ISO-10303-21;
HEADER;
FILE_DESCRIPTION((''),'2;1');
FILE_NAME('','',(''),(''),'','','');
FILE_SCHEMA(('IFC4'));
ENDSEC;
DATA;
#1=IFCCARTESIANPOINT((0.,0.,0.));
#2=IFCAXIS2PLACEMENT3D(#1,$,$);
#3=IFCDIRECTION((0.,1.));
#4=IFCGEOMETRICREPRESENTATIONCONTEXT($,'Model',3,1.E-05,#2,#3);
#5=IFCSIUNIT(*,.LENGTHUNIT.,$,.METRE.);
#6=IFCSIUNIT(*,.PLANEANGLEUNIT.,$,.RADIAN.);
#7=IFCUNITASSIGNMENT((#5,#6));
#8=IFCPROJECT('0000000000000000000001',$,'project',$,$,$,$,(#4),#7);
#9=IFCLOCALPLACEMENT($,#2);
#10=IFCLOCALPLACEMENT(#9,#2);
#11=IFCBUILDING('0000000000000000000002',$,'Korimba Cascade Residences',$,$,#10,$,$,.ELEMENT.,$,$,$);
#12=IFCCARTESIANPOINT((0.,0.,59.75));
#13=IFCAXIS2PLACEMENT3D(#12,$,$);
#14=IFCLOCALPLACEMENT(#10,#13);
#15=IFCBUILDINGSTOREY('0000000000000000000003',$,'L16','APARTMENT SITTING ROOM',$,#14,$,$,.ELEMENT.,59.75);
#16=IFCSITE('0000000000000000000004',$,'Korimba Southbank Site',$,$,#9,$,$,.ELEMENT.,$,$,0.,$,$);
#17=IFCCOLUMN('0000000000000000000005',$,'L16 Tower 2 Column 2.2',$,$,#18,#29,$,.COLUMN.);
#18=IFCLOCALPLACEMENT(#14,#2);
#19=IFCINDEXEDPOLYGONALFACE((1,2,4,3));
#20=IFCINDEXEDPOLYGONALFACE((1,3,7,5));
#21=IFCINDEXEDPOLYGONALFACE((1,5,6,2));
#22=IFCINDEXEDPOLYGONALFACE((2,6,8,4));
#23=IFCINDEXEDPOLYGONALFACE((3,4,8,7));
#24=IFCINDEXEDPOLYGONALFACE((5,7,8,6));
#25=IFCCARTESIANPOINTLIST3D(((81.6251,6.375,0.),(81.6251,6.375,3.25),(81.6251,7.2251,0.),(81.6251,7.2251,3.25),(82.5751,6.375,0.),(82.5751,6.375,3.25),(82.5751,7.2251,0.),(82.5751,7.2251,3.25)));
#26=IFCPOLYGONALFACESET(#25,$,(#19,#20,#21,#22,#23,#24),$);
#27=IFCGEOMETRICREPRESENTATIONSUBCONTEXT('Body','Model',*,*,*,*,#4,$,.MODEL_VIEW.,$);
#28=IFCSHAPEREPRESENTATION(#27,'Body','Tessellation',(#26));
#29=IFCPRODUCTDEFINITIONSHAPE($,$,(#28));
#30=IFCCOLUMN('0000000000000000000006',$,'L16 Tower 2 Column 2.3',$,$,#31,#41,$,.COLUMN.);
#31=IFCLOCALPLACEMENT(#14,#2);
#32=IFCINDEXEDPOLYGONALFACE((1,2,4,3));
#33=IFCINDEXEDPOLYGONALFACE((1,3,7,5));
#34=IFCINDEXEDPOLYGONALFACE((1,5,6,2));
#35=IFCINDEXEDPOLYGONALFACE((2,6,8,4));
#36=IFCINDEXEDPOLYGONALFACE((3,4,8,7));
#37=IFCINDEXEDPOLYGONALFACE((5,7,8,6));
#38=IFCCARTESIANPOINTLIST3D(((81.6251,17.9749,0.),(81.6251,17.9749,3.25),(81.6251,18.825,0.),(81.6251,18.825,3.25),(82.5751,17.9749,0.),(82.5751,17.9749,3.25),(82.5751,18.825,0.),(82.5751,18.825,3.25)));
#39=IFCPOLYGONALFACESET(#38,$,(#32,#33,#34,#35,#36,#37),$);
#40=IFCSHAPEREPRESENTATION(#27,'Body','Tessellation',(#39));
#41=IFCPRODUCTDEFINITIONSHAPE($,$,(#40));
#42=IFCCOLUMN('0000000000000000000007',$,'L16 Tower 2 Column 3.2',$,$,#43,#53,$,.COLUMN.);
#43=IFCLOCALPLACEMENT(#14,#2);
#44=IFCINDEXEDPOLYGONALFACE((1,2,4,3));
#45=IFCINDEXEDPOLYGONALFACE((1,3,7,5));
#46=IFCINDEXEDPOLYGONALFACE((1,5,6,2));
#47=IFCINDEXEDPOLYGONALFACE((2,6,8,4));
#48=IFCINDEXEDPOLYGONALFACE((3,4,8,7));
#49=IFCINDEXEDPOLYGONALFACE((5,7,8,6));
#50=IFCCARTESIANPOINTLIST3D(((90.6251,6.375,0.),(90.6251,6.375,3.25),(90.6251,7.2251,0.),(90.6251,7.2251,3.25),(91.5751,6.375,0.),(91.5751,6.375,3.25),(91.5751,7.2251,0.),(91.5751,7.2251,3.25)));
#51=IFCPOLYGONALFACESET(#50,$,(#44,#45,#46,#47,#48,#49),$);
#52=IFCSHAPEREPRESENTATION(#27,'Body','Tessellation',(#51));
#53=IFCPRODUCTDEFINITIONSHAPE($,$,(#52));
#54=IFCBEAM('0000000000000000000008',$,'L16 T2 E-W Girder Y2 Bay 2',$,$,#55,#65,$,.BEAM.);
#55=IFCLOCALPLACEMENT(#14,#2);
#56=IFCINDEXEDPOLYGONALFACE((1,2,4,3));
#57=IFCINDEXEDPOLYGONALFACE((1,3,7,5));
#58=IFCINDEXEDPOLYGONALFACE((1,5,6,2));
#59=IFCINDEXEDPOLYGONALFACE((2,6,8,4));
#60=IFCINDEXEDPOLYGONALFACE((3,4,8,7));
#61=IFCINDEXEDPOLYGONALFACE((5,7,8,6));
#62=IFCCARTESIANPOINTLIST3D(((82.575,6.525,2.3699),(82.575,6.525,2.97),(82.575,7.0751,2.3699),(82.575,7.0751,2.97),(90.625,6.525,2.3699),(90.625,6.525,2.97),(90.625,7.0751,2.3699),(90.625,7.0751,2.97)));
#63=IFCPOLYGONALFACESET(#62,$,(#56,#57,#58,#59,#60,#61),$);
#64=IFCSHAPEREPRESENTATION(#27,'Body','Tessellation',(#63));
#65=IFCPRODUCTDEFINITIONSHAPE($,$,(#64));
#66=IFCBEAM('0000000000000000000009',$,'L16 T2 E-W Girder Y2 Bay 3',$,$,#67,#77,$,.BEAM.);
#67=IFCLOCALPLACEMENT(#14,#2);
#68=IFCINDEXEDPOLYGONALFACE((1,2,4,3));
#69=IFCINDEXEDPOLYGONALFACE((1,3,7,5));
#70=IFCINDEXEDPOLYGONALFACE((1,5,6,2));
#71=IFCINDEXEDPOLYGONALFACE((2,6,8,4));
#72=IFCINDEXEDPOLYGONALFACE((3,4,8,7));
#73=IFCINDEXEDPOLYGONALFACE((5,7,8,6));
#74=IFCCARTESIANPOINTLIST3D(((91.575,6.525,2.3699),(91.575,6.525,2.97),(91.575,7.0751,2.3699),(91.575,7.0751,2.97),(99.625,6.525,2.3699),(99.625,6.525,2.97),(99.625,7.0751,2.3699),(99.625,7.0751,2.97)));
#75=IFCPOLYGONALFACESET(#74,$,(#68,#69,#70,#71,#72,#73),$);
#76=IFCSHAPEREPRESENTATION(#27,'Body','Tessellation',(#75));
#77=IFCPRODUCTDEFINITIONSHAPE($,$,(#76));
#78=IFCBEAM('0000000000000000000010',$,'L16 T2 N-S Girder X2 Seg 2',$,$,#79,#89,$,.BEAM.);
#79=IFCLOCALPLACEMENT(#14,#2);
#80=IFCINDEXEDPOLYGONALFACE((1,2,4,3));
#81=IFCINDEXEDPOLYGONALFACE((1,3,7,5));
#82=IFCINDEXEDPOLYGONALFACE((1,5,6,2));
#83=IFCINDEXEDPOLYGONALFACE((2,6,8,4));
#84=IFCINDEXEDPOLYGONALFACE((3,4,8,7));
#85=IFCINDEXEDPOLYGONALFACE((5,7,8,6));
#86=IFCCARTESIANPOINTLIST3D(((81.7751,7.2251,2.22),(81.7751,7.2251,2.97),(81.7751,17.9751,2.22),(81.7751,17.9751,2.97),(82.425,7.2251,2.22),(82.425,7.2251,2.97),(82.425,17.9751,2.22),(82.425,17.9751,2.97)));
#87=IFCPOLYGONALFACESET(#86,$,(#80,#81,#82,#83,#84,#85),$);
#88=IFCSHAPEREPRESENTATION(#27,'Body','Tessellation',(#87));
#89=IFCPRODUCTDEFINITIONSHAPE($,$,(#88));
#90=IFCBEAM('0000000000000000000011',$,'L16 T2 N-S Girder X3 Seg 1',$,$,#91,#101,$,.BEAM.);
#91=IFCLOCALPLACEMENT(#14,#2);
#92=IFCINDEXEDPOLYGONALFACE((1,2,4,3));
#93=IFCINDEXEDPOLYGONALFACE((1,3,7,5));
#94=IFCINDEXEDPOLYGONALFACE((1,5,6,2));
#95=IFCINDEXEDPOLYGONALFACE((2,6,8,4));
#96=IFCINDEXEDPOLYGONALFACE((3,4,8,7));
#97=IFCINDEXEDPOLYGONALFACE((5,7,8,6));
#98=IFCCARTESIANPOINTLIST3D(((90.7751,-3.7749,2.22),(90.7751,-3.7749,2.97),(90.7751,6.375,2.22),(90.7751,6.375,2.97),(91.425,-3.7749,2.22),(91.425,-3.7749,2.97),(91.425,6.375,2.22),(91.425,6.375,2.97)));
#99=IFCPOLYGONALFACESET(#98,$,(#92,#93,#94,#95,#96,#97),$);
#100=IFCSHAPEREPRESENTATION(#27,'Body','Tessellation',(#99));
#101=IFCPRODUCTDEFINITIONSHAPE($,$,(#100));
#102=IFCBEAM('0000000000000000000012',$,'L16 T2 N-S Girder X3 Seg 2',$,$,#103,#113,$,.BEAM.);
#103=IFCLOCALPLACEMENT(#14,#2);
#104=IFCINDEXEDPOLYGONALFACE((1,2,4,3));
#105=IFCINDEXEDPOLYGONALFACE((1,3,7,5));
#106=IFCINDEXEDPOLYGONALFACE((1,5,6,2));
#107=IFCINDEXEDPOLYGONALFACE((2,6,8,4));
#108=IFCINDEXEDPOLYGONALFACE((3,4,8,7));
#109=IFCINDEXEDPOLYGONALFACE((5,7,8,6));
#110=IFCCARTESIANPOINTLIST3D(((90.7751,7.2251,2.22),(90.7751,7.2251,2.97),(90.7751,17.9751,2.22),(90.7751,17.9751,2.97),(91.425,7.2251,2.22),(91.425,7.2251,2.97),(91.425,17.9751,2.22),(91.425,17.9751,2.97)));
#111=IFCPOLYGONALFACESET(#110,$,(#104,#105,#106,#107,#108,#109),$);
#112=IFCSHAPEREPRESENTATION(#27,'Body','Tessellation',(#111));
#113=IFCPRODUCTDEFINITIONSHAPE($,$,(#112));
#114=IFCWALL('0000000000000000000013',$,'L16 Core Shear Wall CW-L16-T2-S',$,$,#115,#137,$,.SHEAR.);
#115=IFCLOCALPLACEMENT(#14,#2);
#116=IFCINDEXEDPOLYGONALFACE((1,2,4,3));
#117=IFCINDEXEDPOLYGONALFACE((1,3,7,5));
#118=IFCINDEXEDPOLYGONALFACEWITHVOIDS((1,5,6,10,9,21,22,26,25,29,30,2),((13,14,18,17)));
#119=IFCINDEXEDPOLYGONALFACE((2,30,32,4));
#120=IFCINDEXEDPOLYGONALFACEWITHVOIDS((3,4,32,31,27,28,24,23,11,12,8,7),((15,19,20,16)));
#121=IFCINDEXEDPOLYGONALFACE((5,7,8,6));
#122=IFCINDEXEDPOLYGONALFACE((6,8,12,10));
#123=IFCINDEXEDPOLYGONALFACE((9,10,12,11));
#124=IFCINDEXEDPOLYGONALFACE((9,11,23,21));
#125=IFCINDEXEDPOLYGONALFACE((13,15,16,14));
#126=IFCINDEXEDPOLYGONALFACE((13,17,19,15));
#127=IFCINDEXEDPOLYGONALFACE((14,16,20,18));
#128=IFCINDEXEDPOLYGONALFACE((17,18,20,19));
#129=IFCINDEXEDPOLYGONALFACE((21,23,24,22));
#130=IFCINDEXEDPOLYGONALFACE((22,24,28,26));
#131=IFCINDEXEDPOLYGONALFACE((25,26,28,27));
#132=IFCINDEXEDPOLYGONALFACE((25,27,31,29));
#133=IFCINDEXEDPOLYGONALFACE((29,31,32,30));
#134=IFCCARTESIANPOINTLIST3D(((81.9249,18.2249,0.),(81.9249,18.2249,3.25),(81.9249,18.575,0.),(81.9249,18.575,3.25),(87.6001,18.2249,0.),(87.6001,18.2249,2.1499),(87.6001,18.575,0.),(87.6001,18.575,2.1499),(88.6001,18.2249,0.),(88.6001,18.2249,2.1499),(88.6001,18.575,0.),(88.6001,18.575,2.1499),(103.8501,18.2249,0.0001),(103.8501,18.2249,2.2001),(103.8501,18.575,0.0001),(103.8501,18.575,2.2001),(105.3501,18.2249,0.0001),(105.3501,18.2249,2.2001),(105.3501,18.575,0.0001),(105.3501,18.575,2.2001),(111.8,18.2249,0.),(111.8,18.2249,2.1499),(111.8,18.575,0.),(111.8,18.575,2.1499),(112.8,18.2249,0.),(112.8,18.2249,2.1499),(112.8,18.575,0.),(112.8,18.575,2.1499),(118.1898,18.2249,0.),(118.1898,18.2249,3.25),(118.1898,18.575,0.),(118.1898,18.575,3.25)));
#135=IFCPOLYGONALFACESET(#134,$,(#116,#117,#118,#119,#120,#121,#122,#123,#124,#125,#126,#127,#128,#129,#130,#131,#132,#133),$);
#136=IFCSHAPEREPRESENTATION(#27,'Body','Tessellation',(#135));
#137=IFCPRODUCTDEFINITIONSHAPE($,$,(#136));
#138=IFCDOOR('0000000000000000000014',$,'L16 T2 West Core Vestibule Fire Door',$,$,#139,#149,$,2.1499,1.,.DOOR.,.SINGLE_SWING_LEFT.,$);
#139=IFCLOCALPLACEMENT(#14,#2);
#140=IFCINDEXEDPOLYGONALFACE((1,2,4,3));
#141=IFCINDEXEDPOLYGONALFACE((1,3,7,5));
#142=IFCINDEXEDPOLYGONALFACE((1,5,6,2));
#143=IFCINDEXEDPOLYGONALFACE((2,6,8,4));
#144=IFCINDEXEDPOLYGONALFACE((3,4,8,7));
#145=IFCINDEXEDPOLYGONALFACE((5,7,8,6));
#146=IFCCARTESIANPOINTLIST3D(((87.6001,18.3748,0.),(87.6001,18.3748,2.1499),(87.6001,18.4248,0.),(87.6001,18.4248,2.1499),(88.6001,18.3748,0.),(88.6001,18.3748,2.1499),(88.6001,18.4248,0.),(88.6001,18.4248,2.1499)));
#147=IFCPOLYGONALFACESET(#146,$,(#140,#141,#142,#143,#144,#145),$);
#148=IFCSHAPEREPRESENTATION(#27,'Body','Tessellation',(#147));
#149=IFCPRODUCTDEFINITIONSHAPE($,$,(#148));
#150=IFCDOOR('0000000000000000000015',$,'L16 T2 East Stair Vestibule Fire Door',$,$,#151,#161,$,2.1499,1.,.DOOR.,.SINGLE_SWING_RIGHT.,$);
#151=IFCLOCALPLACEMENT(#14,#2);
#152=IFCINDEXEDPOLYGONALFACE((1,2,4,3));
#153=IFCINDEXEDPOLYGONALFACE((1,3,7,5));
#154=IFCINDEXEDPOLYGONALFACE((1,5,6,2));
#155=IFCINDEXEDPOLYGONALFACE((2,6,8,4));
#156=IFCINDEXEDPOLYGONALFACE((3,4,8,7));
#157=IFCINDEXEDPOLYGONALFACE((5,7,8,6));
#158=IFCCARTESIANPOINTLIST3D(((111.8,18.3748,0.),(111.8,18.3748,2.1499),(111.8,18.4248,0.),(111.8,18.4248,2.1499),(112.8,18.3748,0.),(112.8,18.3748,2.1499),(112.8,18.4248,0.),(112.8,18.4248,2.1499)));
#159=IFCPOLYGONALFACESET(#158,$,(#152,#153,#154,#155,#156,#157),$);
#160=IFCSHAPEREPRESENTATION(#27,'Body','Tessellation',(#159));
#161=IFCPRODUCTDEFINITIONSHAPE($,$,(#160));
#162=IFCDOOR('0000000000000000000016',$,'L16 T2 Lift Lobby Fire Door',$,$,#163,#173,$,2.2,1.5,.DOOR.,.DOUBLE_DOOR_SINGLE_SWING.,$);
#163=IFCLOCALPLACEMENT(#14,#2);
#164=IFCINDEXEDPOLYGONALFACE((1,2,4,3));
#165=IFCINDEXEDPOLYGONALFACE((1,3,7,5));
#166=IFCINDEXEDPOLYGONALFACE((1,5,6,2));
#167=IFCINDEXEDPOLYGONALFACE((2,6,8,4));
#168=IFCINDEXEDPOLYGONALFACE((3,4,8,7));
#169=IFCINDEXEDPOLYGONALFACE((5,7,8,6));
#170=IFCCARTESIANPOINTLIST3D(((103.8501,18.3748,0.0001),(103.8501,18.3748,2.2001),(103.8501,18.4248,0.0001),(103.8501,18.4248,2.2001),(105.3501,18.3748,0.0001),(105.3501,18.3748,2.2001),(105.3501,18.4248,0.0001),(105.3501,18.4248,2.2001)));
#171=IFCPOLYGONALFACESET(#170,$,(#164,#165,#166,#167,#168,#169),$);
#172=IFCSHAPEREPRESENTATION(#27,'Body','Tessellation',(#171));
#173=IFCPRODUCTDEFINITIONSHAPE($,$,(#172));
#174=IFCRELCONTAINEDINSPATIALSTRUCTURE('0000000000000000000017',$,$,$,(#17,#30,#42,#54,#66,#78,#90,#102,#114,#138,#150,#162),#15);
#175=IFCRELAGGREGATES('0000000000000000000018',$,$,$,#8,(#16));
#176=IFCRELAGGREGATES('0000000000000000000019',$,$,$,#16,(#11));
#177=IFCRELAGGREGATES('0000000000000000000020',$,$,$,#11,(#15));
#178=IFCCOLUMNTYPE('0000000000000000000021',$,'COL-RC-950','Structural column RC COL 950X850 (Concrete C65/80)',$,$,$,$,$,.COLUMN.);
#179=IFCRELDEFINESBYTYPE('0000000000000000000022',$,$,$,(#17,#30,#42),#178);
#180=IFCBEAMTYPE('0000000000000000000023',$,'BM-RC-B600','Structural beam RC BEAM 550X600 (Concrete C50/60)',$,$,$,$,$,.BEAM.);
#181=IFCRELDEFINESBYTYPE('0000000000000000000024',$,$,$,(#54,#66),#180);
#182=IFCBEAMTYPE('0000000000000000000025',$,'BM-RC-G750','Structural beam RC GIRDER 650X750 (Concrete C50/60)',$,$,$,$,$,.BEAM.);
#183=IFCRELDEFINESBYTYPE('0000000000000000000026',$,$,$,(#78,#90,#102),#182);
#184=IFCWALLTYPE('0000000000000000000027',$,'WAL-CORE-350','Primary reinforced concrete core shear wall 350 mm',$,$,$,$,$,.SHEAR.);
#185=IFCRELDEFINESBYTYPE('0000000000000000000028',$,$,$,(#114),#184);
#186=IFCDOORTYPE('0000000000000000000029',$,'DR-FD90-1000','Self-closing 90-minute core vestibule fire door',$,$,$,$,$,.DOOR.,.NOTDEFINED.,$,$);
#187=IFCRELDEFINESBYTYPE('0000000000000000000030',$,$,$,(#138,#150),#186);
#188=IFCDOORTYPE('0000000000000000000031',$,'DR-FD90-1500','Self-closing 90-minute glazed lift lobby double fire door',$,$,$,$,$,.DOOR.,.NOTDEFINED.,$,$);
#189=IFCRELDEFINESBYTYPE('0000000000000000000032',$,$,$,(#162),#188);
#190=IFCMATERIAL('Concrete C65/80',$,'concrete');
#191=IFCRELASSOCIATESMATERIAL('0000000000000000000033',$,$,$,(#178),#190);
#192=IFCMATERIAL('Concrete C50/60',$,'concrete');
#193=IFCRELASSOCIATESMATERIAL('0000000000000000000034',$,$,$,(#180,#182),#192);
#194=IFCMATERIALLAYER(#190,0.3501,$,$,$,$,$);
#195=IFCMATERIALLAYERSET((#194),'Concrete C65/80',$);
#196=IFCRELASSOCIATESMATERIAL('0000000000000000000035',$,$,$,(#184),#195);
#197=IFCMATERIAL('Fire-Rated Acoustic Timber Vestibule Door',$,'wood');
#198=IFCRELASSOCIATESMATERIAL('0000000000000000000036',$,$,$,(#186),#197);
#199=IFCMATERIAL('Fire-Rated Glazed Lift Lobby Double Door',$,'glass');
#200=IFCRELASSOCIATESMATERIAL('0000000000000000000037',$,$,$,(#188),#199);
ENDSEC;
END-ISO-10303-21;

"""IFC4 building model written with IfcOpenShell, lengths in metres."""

from ifc_helpers import new_model, si_unit, direction, frame, frame_2d, origin, origin_2d, place, context, subcontext, project, spatial, rectangle, extrude, material, layer, layer_set, material_profile, profile_set, type_object, element, fill, save


model = new_model("IFC4")

# Units and contexts
model_context = context("Model", 3, precision=1e-05, world=origin(), true_north=direction((0.0, 1.0)))
body_context = subcontext(model_context, "Body", "Model", "MODEL_VIEW")
ifc_project = project(units=[si_unit("LENGTHUNIT", "METRE"), si_unit("PLANEANGLEUNIT", "RADIAN")], contexts=[model_context])

# Site, building, storey
site_placement = place(None, origin())
site = spatial("IfcSite", under=ifc_project, at=site_placement, Name="Korimba Southbank Site", CompositionType="ELEMENT", RefElevation=0.0)
building_placement = place(site_placement, origin())
building = spatial("IfcBuilding", under=site, at=building_placement, Name="Korimba Cascade Residences", CompositionType="ELEMENT")
storey_placement = place(building_placement, frame((0.0, 0.0, 59.75)))
storey = spatial("IfcBuildingStorey", under=building, at=storey_placement, Name="L16", Description="APARTMENT SITTING ROOM", CompositionType="ELEMENT", Elevation=59.75)

# Columns
ifc_material_1 = material(Name="Concrete C65/80", Category="concrete")
ifc_material_profile_1 = material_profile(ifc_material_1, rectangle(XDim=0.95, YDim=0.8501, at=origin_2d()), Name="Concrete C65/80")
ifc_profile_set_1 = profile_set([ifc_material_profile_1], Name="Concrete C65/80")
column_type = type_object("IfcColumnType", Name="COL-RC-950", Description="Structural column RC COL 950X850 (Concrete C65/80)", PredefinedType="COLUMN", material=ifc_profile_set_1)
for number, where, z_axis, x_axis, name in (
    (1, (82.1001, 6.8, 0.0), (0.0, 0.0, 1.0), (1.0, 0.0, 0.0), "L16 Tower 2 Column 2.2"),
    (2, (82.1001, 18.3999, 0.0), (0.0, 0.0, 1.0), (1.0, 0.0, 0.0), "L16 Tower 2 Column 2.3"),
    (3, (91.1001, 6.8, 0.0), (0.0, 0.0, 1.0), (1.0, 0.0, 0.0), "L16 Tower 2 Column 3.2"),
):
    element("IfcColumn", number, at=place(storey_placement, frame(where, z_axis=z_axis, x_axis=x_axis)), inside=storey, type_object=column_type, Name=name, PredefinedType="COLUMN", context=body_context, shape_type="SweptSolid", body=[
        extrude(rectangle(XDim=0.95, YDim=0.8501, at=origin_2d()), origin(), (0.0, 0.0, 1.0), 3.25),
    ])

# Beams
ifc_material_2 = material(Name="Concrete C50/60", Category="concrete")
ifc_material_profile_2 = material_profile(ifc_material_2, rectangle(XDim=0.55, YDim=0.6001, at=origin_2d()), Name="Concrete C50/60")
ifc_profile_set_2 = profile_set([ifc_material_profile_2], Name="Concrete C50/60")
beam_type_1 = type_object("IfcBeamType", Name="BM-RC-B600", Description="Structural beam RC BEAM 550X600 (Concrete C50/60)", PredefinedType="BEAM", material=ifc_profile_set_2)
for number, where, z_axis, x_axis, name in (
    (4, (82.575, 6.8, 2.6699), (1.0, 0.0, 0.0), (0.0, 1.0, 0.0), "L16 T2 E-W Girder Y2 Bay 2"),
    (5, (91.575, 6.8, 2.6699), (1.0, 0.0, 0.0), (0.0, 1.0, 0.0), "L16 T2 E-W Girder Y2 Bay 3"),
):
    element("IfcBeam", number, at=place(storey_placement, frame(where, z_axis=z_axis, x_axis=x_axis)), inside=storey, type_object=beam_type_1, Name=name, PredefinedType="BEAM", context=body_context, shape_type="SweptSolid", body=[
        extrude(rectangle(XDim=0.55, YDim=0.6001, at=origin_2d()), origin(), (0.0, 0.0, 1.0), 8.05),
    ])
ifc_material_profile_3 = material_profile(ifc_material_2, rectangle(XDim=0.6499, YDim=0.75, at=origin_2d()), Name="Concrete C50/60")
ifc_profile_set_3 = profile_set([ifc_material_profile_3], Name="Concrete C50/60")
beam_type_2 = type_object("IfcBeamType", Name="BM-RC-G750", Description="Structural beam RC GIRDER 650X750 (Concrete C50/60)", PredefinedType="BEAM", material=ifc_profile_set_3)
beam_1_placement = place(storey_placement, frame((82.1001, 7.2251, 2.595), z_axis=(0.0, 1.0, 0.0), x_axis=(-1.0, 0.0, 0.0)))
element("IfcBeam", 6, at=beam_1_placement, inside=storey, type_object=beam_type_2, Name="L16 T2 N-S Girder X2 Seg 2", PredefinedType="BEAM", context=body_context, shape_type="SweptSolid", body=[
    extrude(rectangle(XDim=0.6499, YDim=0.75, at=origin_2d()), origin(), (0.0, 0.0, 1.0), 10.75),
])
beam_2_placement = place(storey_placement, frame((91.1001, -3.7749, 2.595), z_axis=(0.0, 1.0, 0.0), x_axis=(-1.0, 0.0, 0.0)))
element("IfcBeam", 7, at=beam_2_placement, inside=storey, type_object=beam_type_2, Name="L16 T2 N-S Girder X3 Seg 1", PredefinedType="BEAM", context=body_context, shape_type="SweptSolid", body=[
    extrude(rectangle(XDim=0.6499, YDim=0.75, at=origin_2d()), origin(), (0.0, 0.0, 1.0), 10.1499),
])
beam_3_placement = place(storey_placement, frame((91.1001, 7.2251, 2.595), z_axis=(0.0, 1.0, 0.0), x_axis=(-1.0, 0.0, 0.0)))
element("IfcBeam", 8, at=beam_3_placement, inside=storey, type_object=beam_type_2, Name="L16 T2 N-S Girder X3 Seg 2", PredefinedType="BEAM", context=body_context, shape_type="SweptSolid", body=[
    extrude(rectangle(XDim=0.6499, YDim=0.75, at=origin_2d()), origin(), (0.0, 0.0, 1.0), 10.75),
])

# Wall, openings, doors
ifc_layer_1 = layer(ifc_material_1, 0.3501)
ifc_layer_set_1 = layer_set([ifc_layer_1], Name="Concrete C65/80")
wall_type_1 = type_object("IfcWallType", Name="WAL-CORE-350", Description="Primary reinforced concrete core shear wall 350 mm", PredefinedType="SHEAR", material=ifc_layer_set_1)
wall_1_placement = place(storey_placement, frame((81.925, 18.3999, 0.0), z_axis=(0.0, 0.0, 1.0), x_axis=(1.0, 0.0, 0.0)))
wall_1 = element("IfcWall", 9, at=wall_1_placement, inside=storey, type_object=wall_type_1, Name="L16 Core Shear Wall CW-L16-T2-S", PredefinedType="SHEAR", context=body_context, shape_type="SweptSolid", body=[
    extrude(rectangle(XDim=36.2649, YDim=0.3501, at=frame_2d((18.1323, 0.0))), origin(), (0.0, 0.0, 1.0), 3.25),
])
opening_1_placement = place(wall_1_placement, frame((5.675, 0.0, 0.0)))
opening_1 = element("IfcOpeningElement", 10, at=opening_1_placement, cuts=wall_1, PredefinedType="OPENING", context=body_context, shape_type="SweptSolid", body=[
    extrude(rectangle(XDim=1.0, YDim=2.1499, at=frame_2d((0.5, 1.075))), frame((0.0, 0.1851, 0.0), z_axis=(0.0, -1.0, 0.0), x_axis=(1.0, 0.0, 0.0)), (0.0, 0.0, 1.0), 0.3701),
])
opening_2_placement = place(wall_1_placement, frame((21.925, 0.0, 0.0)))
opening_2 = element("IfcOpeningElement", 11, at=opening_2_placement, cuts=wall_1, PredefinedType="OPENING", context=body_context, shape_type="SweptSolid", body=[
    extrude(rectangle(XDim=1.5, YDim=2.2, at=frame_2d((0.75, 1.1001))), frame((0.0, 0.1851, 0.0), z_axis=(0.0, -1.0, 0.0), x_axis=(1.0, 0.0, 0.0)), (0.0, 0.0, 1.0), 0.3701),
])
opening_3_placement = place(wall_1_placement, frame((29.875, 0.0, 0.0)))
opening_3 = element("IfcOpeningElement", 12, at=opening_3_placement, cuts=wall_1, PredefinedType="OPENING", context=body_context, shape_type="SweptSolid", body=[
    extrude(rectangle(XDim=1.0, YDim=2.1499, at=frame_2d((0.5, 1.075))), frame((0.0, 0.1851, 0.0), z_axis=(0.0, -1.0, 0.0), x_axis=(1.0, 0.0, 0.0)), (0.0, 0.0, 1.0), 0.3701),
])
ifc_material_3 = material(Name="Fire-Rated Acoustic Timber Vestibule Door", Category="wood")
door_type_1 = type_object("IfcDoorType", Name="DR-FD90-1000", Description="Self-closing 90-minute core vestibule fire door", OperationType="NOTDEFINED", PredefinedType="DOOR", material=ifc_material_3)
door_1_placement = place(opening_1_placement, origin())
door_1 = element("IfcDoor", 13, at=door_1_placement, inside=storey, type_object=door_type_1, Name="L16 T2 West Core Vestibule Fire Door", OperationType="SINGLE_SWING_LEFT", OverallHeight=2.1499, OverallWidth=1.0, PredefinedType="DOOR", context=body_context, shape_type="SweptSolid", body=[
    extrude(rectangle(XDim=1.0, YDim=2.1499, at=frame_2d((0.5, 1.075))), frame((0.0, 0.0249, 0.0), z_axis=(0.0, -1.0, 0.0), x_axis=(1.0, 0.0, 0.0)), (0.0, 0.0, 1.0), 0.05),
])
fill(opening_1, door_1)
door_2_placement = place(opening_3_placement, origin())
door_2 = element("IfcDoor", 14, at=door_2_placement, inside=storey, type_object=door_type_1, Name="L16 T2 East Stair Vestibule Fire Door", OperationType="SINGLE_SWING_RIGHT", OverallHeight=2.1499, OverallWidth=1.0, PredefinedType="DOOR", context=body_context, shape_type="SweptSolid", body=[
    extrude(rectangle(XDim=1.0, YDim=2.1499, at=frame_2d((0.5, 1.075))), frame((0.0, 0.0249, 0.0), z_axis=(0.0, -1.0, 0.0), x_axis=(1.0, 0.0, 0.0)), (0.0, 0.0, 1.0), 0.05),
])
fill(opening_3, door_2)
ifc_material_4 = material(Name="Fire-Rated Glazed Lift Lobby Double Door", Category="glass")
door_type_2 = type_object("IfcDoorType", Name="DR-FD90-1500", Description="Self-closing 90-minute glazed lift lobby double fire door", OperationType="NOTDEFINED", PredefinedType="DOOR", material=ifc_material_4)
door_3_placement = place(opening_2_placement, origin())
door_3 = element("IfcDoor", 15, at=door_3_placement, inside=storey, type_object=door_type_2, Name="L16 T2 Lift Lobby Fire Door", OperationType="DOUBLE_DOOR_SINGLE_SWING", OverallHeight=2.2, OverallWidth=1.5, PredefinedType="DOOR", context=body_context, shape_type="SweptSolid", body=[
    extrude(rectangle(XDim=1.5, YDim=2.2, at=frame_2d((0.75, 1.1001))), frame((0.0, 0.0249, 0.0), z_axis=(0.0, -1.0, 0.0), x_axis=(1.0, 0.0, 0.0)), (0.0, 0.0, 1.0), 0.05),
])
fill(opening_2, door_3)

save(model, "model.ifc")
